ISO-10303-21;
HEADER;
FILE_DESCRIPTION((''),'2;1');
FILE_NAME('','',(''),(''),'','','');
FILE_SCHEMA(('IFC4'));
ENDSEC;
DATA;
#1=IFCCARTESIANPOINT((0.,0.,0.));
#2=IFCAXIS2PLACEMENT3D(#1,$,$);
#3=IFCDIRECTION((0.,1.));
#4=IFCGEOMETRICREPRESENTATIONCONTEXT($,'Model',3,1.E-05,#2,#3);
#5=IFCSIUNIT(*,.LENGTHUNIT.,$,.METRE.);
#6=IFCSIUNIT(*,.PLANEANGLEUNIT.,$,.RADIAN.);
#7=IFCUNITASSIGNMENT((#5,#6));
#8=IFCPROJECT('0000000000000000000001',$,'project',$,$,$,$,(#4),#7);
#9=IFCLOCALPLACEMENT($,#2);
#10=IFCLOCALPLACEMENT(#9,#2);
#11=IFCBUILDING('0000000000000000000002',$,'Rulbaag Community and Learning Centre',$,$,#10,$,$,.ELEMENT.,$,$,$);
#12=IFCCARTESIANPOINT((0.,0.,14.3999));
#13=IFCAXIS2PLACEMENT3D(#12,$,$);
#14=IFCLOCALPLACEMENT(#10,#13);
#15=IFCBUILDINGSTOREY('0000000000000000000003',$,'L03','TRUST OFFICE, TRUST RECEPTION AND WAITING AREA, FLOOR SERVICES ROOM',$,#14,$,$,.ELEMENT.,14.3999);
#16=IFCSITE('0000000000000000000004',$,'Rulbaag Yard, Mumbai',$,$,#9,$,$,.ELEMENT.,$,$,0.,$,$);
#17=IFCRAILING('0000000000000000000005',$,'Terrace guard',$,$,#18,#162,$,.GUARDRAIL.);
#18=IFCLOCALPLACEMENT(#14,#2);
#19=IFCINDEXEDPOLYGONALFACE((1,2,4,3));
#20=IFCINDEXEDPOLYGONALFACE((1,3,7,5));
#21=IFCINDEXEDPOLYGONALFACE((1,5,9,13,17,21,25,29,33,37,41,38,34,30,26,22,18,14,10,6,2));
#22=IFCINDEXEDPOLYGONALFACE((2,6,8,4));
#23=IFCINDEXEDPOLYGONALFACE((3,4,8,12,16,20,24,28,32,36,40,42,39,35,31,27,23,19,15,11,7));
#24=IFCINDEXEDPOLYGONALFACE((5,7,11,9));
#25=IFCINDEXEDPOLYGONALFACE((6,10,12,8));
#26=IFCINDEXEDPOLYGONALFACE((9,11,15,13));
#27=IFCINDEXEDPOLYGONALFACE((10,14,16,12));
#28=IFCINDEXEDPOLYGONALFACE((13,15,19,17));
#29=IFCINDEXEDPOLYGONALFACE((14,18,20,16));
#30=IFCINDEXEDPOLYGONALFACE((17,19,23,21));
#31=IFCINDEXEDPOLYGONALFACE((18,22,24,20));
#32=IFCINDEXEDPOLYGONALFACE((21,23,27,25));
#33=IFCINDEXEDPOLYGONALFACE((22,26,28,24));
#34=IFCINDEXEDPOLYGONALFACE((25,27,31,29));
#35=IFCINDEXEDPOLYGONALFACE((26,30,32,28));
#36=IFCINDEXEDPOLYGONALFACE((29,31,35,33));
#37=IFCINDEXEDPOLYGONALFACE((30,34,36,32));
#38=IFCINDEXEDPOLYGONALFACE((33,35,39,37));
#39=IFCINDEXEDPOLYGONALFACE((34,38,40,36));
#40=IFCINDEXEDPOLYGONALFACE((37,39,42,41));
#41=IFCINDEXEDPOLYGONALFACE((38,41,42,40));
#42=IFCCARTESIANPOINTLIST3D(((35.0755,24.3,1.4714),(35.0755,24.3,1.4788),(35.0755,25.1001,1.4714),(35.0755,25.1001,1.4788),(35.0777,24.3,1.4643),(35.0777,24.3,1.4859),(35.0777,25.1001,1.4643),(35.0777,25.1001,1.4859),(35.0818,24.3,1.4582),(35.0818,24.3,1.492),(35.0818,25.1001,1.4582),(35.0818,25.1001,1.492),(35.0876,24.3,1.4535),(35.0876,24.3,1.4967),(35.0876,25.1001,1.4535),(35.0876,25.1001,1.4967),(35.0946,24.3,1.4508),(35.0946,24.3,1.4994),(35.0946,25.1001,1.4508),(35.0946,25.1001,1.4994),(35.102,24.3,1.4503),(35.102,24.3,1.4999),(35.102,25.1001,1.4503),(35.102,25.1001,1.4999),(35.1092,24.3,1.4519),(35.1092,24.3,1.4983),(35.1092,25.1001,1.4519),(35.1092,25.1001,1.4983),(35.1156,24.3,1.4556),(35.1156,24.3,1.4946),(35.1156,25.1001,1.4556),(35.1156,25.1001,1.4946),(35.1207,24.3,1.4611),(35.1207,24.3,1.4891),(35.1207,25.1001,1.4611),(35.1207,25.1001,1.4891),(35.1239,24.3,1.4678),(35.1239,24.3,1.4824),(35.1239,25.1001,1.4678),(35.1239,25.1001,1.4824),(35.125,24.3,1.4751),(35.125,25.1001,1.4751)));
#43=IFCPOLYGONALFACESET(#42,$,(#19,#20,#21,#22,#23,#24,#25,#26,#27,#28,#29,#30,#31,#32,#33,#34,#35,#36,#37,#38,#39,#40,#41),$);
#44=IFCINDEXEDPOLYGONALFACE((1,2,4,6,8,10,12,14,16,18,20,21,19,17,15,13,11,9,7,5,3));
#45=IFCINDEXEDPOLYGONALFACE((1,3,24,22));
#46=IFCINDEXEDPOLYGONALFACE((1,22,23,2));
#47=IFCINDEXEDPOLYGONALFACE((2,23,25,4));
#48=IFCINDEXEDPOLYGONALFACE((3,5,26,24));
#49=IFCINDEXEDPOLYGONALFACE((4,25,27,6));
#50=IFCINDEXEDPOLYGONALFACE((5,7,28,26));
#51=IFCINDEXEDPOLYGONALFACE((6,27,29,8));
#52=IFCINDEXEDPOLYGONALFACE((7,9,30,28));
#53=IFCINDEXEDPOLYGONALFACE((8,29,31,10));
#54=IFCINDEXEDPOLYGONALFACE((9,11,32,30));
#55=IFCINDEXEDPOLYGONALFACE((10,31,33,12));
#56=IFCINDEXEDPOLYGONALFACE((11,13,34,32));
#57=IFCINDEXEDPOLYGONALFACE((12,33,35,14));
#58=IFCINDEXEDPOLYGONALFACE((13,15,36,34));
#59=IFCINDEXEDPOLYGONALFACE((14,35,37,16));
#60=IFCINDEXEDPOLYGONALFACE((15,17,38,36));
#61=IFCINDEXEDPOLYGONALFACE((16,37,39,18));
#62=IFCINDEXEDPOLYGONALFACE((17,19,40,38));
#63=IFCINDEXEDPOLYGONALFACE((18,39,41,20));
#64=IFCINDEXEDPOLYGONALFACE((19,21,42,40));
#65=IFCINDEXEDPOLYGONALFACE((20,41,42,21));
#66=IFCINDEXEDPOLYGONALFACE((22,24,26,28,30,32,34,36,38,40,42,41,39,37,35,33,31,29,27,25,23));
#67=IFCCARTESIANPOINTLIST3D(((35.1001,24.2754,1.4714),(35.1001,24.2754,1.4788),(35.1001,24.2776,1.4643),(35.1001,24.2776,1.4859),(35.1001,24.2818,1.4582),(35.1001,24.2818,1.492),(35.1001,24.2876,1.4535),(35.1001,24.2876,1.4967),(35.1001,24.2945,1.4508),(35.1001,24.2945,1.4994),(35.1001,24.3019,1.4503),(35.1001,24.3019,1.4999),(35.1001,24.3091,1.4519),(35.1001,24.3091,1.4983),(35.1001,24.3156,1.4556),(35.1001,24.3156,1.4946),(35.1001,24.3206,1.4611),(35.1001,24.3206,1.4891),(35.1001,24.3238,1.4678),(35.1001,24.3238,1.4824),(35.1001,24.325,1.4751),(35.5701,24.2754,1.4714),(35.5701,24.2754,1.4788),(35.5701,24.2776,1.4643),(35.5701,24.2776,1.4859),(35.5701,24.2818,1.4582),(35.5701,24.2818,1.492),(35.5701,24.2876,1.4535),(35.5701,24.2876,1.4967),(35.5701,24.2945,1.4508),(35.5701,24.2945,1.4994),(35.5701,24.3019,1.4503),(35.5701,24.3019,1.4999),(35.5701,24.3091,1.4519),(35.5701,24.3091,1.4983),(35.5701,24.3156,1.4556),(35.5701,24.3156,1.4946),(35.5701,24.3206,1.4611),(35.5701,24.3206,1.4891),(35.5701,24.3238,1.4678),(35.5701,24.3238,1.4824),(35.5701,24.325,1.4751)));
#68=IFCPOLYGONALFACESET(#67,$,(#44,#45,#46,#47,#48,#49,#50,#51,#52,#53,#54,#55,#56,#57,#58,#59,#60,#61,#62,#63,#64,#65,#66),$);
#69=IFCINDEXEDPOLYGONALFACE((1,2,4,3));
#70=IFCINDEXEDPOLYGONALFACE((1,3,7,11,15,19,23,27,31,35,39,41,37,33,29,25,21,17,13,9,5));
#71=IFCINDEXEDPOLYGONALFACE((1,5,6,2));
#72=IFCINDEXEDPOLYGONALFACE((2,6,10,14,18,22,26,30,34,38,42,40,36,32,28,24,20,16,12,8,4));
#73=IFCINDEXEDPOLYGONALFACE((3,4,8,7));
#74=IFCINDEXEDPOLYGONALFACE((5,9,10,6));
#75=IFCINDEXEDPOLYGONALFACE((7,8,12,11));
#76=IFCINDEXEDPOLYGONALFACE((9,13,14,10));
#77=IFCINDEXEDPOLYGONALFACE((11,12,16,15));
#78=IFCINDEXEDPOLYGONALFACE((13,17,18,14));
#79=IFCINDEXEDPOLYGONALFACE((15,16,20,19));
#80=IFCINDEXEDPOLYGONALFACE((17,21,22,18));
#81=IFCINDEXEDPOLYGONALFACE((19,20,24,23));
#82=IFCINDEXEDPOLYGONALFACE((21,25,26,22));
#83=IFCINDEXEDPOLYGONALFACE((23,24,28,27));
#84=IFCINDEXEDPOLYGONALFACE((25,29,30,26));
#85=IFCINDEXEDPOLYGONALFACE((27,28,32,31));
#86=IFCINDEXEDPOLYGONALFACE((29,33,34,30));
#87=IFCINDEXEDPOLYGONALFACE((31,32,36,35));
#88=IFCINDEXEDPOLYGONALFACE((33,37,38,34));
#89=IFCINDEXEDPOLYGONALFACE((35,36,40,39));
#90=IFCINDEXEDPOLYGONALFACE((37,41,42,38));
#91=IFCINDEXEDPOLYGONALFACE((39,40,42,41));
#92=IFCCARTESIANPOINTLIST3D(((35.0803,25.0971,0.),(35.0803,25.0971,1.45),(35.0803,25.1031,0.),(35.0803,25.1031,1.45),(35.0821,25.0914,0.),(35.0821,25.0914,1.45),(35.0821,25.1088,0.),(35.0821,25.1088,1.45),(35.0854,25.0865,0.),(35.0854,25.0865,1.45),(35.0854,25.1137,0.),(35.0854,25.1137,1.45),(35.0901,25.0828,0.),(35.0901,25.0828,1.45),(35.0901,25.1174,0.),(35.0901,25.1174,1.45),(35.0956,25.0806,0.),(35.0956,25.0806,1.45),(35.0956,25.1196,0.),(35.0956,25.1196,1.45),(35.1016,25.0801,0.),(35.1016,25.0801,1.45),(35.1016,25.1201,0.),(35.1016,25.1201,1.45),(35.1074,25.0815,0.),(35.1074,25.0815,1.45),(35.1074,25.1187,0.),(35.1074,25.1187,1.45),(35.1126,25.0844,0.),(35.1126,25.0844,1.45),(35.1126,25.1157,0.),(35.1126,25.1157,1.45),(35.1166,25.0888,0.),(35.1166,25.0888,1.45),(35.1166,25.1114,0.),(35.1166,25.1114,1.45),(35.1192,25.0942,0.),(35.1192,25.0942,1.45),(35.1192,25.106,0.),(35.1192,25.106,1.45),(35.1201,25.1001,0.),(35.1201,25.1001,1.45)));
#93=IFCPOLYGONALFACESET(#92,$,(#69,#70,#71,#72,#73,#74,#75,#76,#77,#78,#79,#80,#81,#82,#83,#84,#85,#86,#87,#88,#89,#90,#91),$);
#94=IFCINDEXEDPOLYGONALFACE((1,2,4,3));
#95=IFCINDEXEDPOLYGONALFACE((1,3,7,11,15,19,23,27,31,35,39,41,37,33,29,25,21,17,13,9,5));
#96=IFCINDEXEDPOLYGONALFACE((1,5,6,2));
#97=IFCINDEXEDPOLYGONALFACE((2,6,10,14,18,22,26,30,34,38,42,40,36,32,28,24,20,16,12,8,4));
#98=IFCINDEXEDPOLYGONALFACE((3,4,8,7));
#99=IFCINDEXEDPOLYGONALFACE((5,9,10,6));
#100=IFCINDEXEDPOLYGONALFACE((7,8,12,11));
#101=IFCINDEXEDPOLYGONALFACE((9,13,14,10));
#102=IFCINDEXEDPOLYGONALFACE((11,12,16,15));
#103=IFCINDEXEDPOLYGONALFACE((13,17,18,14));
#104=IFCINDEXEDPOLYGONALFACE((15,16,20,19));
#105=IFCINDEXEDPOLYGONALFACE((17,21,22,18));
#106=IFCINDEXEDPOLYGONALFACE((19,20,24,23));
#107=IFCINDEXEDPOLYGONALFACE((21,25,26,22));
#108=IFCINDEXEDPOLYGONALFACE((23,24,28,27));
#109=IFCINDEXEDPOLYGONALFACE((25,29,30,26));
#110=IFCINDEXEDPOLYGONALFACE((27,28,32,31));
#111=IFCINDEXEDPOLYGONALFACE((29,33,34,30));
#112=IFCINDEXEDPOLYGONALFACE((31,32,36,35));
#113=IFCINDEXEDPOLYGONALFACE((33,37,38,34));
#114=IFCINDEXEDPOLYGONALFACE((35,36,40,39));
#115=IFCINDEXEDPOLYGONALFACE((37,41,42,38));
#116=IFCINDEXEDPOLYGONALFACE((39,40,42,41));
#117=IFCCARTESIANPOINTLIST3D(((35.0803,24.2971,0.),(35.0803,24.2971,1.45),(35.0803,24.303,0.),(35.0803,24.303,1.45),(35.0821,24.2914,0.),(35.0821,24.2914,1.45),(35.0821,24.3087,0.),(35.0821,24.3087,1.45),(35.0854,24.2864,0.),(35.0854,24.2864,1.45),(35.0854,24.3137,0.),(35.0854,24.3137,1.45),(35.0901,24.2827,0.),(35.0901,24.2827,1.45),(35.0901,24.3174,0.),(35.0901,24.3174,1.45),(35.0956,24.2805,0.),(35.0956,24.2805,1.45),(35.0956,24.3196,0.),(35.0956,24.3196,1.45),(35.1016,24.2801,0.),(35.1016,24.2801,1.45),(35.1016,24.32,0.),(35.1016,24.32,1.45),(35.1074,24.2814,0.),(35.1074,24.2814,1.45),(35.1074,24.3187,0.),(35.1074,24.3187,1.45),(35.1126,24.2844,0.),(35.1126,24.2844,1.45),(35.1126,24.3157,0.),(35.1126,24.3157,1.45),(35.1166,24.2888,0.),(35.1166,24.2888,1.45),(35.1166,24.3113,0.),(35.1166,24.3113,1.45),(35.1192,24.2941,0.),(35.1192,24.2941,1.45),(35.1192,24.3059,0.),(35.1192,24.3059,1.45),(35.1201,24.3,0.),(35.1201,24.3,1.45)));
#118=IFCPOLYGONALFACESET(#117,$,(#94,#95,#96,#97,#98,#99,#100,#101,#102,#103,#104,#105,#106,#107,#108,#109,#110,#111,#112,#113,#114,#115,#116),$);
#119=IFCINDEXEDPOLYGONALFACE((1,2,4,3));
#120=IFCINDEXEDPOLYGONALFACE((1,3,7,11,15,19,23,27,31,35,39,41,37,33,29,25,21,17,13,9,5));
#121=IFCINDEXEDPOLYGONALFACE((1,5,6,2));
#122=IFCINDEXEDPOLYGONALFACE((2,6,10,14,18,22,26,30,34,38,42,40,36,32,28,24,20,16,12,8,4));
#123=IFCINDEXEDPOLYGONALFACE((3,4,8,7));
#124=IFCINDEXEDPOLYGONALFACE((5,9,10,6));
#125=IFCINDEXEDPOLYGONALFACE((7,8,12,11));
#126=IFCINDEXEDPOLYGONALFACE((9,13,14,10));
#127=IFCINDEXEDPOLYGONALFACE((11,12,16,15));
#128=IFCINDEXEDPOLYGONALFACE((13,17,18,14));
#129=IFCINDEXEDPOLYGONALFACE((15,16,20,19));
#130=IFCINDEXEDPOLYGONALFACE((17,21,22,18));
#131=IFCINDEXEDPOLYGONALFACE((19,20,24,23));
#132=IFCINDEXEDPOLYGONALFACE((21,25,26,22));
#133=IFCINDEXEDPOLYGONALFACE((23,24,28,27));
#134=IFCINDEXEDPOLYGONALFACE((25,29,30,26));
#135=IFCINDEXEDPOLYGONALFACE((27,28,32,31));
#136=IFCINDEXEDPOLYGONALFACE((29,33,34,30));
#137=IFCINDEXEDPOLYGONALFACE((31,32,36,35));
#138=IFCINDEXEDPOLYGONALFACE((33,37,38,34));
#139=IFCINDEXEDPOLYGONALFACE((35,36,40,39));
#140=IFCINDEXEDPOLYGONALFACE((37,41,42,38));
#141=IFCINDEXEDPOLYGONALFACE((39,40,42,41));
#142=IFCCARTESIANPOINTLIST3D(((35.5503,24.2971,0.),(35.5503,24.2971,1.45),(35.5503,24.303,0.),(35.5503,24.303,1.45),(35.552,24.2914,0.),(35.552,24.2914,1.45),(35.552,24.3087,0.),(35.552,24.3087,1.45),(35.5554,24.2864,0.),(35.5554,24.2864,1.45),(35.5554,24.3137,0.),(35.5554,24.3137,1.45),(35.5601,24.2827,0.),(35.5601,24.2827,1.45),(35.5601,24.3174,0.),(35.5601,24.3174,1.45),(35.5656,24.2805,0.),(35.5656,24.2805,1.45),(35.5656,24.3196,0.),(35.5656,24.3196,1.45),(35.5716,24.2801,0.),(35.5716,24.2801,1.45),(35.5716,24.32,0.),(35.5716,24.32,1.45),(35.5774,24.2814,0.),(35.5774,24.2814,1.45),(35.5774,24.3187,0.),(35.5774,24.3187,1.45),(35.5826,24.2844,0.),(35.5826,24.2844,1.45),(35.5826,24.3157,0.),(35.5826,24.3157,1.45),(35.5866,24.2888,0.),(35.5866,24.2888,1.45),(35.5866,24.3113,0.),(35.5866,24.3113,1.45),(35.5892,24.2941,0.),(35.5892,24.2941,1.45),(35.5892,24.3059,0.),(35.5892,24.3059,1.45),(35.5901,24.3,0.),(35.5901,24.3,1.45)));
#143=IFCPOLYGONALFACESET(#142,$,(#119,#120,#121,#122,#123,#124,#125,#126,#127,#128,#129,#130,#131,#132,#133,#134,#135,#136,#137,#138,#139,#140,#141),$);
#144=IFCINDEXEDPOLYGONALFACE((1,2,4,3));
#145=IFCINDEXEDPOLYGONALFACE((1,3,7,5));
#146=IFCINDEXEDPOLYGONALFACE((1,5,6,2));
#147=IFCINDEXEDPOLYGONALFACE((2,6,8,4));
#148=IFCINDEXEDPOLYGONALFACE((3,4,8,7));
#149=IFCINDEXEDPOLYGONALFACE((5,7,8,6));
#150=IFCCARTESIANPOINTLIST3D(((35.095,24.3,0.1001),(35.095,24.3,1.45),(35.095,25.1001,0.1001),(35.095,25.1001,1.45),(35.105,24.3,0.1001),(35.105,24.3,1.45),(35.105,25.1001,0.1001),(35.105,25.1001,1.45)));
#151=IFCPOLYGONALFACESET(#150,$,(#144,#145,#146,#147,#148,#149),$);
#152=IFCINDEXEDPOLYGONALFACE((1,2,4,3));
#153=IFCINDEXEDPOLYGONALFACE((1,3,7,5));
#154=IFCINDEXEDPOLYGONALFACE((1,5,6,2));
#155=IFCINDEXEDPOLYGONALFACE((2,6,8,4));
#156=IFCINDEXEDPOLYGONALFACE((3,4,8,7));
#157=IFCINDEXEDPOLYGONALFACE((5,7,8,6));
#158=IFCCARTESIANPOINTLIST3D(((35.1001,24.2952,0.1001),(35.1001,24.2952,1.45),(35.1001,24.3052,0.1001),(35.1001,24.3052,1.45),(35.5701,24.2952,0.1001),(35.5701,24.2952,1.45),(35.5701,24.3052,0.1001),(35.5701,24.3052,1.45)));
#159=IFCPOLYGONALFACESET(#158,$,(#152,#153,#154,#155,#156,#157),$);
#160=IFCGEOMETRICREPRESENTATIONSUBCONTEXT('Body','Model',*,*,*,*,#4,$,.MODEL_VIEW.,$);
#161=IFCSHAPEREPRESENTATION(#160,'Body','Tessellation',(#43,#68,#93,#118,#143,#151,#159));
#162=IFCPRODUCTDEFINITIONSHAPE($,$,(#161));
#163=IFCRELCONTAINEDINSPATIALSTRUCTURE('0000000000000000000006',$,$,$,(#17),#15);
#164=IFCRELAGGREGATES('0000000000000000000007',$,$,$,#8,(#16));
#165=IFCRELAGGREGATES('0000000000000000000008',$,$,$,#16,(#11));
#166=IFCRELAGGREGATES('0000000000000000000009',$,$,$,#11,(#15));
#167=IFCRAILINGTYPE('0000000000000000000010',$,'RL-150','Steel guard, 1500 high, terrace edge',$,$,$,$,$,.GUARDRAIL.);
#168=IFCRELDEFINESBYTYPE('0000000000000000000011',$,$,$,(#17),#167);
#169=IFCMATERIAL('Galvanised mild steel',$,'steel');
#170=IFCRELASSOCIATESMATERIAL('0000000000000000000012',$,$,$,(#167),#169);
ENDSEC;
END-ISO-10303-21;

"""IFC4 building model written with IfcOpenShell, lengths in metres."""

from ifc_helpers import new_model, si_unit, direction, frame, origin, origin_2d, place, context, subcontext, project, spatial, polyline, circle, outline, extrude, material, type_object, element, save


model = new_model("IFC4")

# Units and contexts
model_context = context("Model", 3, precision=1e-05, world=origin(), true_north=direction((0.0, 1.0)))
body_context = subcontext(model_context, "Body", "Model", "MODEL_VIEW")
ifc_project = project(units=[si_unit("LENGTHUNIT", "METRE"), si_unit("PLANEANGLEUNIT", "RADIAN")], contexts=[model_context])

# Site, building, storey
site_placement = place(None, origin())
site = spatial("IfcSite", under=ifc_project, at=site_placement, Name="Rulbaag Yard, Mumbai", CompositionType="ELEMENT", RefElevation=0.0)
building_placement = place(site_placement, origin())
building = spatial("IfcBuilding", under=site, at=building_placement, Name="Rulbaag Community and Learning Centre", CompositionType="ELEMENT")
storey_placement = place(building_placement, frame((0.0, 0.0, 14.3999)))
storey = spatial("IfcBuildingStorey", under=building, at=storey_placement, Name="L03", Description="TRUST OFFICE, TRUST RECEPTION AND WAITING AREA, FLOOR SERVICES ROOM", CompositionType="ELEMENT", Elevation=14.3999)

# Railing
ifc_material_1 = material(Name="Galvanised mild steel", Category="steel")
railing_type = type_object("IfcRailingType", Name="RL-150", Description="Steel guard, 1500 high, terrace edge", PredefinedType="GUARDRAIL", material=ifc_material_1)
railing_placement = place(storey_placement, frame((35.1001, 25.1001, 0.0)))
element("IfcRailing", 1, at=railing_placement, inside=storey, type_object=railing_type, Name="Terrace guard", PredefinedType="GUARDRAIL", context=body_context, shape_type="SweptSolid", body=[
    extrude(circle(Radius=0.0249, at=origin_2d()), frame((0.0, 0.0, 1.4751), z_axis=(0.0, -1.0, 0.0), x_axis=(1.0, 0.0, 0.0)), (0.0, 0.0, 1.0), 0.8),
    extrude(circle(Radius=0.0249, at=origin_2d()), frame((0.0, -0.8, 1.4751), z_axis=(1.0, 0.0, 0.0), x_axis=(0.0, 1.0, 0.0)), (0.0, 0.0, 1.0), 0.47),
    extrude(circle(Radius=0.02, at=origin_2d()), origin(), (0.0, 0.0, 1.0), 1.45),
    extrude(circle(Radius=0.02, at=origin_2d()), frame((0.0, -0.8, 0.0)), (0.0, 0.0, 1.0), 1.45),
    extrude(circle(Radius=0.02, at=origin_2d()), frame((0.47, -0.8, 0.0)), (0.0, 0.0, 1.0), 1.45),
    extrude(outline(polyline([(0.0, 0.0), (0.8, 0.0), (0.8, 1.3499), (0.0, 1.3499), (0.0, 0.0)])), frame((0.0049, 0.0, 0.1001), z_axis=(-1.0, 0.0, 0.0), x_axis=(0.0, -1.0, 0.0)), (0.0, 0.0, 1.0), 0.01),
    extrude(outline(polyline([(0.0, 0.0), (0.47, 0.0), (0.47, 1.3499), (0.0, 1.3499), (0.0, 0.0)])), frame((0.0, -0.7949, 0.1001), z_axis=(0.0, -1.0, 0.0), x_axis=(1.0, 0.0, 0.0)), (0.0, 0.0, 1.0), 0.01),
])

save(model, "model.ifc")
